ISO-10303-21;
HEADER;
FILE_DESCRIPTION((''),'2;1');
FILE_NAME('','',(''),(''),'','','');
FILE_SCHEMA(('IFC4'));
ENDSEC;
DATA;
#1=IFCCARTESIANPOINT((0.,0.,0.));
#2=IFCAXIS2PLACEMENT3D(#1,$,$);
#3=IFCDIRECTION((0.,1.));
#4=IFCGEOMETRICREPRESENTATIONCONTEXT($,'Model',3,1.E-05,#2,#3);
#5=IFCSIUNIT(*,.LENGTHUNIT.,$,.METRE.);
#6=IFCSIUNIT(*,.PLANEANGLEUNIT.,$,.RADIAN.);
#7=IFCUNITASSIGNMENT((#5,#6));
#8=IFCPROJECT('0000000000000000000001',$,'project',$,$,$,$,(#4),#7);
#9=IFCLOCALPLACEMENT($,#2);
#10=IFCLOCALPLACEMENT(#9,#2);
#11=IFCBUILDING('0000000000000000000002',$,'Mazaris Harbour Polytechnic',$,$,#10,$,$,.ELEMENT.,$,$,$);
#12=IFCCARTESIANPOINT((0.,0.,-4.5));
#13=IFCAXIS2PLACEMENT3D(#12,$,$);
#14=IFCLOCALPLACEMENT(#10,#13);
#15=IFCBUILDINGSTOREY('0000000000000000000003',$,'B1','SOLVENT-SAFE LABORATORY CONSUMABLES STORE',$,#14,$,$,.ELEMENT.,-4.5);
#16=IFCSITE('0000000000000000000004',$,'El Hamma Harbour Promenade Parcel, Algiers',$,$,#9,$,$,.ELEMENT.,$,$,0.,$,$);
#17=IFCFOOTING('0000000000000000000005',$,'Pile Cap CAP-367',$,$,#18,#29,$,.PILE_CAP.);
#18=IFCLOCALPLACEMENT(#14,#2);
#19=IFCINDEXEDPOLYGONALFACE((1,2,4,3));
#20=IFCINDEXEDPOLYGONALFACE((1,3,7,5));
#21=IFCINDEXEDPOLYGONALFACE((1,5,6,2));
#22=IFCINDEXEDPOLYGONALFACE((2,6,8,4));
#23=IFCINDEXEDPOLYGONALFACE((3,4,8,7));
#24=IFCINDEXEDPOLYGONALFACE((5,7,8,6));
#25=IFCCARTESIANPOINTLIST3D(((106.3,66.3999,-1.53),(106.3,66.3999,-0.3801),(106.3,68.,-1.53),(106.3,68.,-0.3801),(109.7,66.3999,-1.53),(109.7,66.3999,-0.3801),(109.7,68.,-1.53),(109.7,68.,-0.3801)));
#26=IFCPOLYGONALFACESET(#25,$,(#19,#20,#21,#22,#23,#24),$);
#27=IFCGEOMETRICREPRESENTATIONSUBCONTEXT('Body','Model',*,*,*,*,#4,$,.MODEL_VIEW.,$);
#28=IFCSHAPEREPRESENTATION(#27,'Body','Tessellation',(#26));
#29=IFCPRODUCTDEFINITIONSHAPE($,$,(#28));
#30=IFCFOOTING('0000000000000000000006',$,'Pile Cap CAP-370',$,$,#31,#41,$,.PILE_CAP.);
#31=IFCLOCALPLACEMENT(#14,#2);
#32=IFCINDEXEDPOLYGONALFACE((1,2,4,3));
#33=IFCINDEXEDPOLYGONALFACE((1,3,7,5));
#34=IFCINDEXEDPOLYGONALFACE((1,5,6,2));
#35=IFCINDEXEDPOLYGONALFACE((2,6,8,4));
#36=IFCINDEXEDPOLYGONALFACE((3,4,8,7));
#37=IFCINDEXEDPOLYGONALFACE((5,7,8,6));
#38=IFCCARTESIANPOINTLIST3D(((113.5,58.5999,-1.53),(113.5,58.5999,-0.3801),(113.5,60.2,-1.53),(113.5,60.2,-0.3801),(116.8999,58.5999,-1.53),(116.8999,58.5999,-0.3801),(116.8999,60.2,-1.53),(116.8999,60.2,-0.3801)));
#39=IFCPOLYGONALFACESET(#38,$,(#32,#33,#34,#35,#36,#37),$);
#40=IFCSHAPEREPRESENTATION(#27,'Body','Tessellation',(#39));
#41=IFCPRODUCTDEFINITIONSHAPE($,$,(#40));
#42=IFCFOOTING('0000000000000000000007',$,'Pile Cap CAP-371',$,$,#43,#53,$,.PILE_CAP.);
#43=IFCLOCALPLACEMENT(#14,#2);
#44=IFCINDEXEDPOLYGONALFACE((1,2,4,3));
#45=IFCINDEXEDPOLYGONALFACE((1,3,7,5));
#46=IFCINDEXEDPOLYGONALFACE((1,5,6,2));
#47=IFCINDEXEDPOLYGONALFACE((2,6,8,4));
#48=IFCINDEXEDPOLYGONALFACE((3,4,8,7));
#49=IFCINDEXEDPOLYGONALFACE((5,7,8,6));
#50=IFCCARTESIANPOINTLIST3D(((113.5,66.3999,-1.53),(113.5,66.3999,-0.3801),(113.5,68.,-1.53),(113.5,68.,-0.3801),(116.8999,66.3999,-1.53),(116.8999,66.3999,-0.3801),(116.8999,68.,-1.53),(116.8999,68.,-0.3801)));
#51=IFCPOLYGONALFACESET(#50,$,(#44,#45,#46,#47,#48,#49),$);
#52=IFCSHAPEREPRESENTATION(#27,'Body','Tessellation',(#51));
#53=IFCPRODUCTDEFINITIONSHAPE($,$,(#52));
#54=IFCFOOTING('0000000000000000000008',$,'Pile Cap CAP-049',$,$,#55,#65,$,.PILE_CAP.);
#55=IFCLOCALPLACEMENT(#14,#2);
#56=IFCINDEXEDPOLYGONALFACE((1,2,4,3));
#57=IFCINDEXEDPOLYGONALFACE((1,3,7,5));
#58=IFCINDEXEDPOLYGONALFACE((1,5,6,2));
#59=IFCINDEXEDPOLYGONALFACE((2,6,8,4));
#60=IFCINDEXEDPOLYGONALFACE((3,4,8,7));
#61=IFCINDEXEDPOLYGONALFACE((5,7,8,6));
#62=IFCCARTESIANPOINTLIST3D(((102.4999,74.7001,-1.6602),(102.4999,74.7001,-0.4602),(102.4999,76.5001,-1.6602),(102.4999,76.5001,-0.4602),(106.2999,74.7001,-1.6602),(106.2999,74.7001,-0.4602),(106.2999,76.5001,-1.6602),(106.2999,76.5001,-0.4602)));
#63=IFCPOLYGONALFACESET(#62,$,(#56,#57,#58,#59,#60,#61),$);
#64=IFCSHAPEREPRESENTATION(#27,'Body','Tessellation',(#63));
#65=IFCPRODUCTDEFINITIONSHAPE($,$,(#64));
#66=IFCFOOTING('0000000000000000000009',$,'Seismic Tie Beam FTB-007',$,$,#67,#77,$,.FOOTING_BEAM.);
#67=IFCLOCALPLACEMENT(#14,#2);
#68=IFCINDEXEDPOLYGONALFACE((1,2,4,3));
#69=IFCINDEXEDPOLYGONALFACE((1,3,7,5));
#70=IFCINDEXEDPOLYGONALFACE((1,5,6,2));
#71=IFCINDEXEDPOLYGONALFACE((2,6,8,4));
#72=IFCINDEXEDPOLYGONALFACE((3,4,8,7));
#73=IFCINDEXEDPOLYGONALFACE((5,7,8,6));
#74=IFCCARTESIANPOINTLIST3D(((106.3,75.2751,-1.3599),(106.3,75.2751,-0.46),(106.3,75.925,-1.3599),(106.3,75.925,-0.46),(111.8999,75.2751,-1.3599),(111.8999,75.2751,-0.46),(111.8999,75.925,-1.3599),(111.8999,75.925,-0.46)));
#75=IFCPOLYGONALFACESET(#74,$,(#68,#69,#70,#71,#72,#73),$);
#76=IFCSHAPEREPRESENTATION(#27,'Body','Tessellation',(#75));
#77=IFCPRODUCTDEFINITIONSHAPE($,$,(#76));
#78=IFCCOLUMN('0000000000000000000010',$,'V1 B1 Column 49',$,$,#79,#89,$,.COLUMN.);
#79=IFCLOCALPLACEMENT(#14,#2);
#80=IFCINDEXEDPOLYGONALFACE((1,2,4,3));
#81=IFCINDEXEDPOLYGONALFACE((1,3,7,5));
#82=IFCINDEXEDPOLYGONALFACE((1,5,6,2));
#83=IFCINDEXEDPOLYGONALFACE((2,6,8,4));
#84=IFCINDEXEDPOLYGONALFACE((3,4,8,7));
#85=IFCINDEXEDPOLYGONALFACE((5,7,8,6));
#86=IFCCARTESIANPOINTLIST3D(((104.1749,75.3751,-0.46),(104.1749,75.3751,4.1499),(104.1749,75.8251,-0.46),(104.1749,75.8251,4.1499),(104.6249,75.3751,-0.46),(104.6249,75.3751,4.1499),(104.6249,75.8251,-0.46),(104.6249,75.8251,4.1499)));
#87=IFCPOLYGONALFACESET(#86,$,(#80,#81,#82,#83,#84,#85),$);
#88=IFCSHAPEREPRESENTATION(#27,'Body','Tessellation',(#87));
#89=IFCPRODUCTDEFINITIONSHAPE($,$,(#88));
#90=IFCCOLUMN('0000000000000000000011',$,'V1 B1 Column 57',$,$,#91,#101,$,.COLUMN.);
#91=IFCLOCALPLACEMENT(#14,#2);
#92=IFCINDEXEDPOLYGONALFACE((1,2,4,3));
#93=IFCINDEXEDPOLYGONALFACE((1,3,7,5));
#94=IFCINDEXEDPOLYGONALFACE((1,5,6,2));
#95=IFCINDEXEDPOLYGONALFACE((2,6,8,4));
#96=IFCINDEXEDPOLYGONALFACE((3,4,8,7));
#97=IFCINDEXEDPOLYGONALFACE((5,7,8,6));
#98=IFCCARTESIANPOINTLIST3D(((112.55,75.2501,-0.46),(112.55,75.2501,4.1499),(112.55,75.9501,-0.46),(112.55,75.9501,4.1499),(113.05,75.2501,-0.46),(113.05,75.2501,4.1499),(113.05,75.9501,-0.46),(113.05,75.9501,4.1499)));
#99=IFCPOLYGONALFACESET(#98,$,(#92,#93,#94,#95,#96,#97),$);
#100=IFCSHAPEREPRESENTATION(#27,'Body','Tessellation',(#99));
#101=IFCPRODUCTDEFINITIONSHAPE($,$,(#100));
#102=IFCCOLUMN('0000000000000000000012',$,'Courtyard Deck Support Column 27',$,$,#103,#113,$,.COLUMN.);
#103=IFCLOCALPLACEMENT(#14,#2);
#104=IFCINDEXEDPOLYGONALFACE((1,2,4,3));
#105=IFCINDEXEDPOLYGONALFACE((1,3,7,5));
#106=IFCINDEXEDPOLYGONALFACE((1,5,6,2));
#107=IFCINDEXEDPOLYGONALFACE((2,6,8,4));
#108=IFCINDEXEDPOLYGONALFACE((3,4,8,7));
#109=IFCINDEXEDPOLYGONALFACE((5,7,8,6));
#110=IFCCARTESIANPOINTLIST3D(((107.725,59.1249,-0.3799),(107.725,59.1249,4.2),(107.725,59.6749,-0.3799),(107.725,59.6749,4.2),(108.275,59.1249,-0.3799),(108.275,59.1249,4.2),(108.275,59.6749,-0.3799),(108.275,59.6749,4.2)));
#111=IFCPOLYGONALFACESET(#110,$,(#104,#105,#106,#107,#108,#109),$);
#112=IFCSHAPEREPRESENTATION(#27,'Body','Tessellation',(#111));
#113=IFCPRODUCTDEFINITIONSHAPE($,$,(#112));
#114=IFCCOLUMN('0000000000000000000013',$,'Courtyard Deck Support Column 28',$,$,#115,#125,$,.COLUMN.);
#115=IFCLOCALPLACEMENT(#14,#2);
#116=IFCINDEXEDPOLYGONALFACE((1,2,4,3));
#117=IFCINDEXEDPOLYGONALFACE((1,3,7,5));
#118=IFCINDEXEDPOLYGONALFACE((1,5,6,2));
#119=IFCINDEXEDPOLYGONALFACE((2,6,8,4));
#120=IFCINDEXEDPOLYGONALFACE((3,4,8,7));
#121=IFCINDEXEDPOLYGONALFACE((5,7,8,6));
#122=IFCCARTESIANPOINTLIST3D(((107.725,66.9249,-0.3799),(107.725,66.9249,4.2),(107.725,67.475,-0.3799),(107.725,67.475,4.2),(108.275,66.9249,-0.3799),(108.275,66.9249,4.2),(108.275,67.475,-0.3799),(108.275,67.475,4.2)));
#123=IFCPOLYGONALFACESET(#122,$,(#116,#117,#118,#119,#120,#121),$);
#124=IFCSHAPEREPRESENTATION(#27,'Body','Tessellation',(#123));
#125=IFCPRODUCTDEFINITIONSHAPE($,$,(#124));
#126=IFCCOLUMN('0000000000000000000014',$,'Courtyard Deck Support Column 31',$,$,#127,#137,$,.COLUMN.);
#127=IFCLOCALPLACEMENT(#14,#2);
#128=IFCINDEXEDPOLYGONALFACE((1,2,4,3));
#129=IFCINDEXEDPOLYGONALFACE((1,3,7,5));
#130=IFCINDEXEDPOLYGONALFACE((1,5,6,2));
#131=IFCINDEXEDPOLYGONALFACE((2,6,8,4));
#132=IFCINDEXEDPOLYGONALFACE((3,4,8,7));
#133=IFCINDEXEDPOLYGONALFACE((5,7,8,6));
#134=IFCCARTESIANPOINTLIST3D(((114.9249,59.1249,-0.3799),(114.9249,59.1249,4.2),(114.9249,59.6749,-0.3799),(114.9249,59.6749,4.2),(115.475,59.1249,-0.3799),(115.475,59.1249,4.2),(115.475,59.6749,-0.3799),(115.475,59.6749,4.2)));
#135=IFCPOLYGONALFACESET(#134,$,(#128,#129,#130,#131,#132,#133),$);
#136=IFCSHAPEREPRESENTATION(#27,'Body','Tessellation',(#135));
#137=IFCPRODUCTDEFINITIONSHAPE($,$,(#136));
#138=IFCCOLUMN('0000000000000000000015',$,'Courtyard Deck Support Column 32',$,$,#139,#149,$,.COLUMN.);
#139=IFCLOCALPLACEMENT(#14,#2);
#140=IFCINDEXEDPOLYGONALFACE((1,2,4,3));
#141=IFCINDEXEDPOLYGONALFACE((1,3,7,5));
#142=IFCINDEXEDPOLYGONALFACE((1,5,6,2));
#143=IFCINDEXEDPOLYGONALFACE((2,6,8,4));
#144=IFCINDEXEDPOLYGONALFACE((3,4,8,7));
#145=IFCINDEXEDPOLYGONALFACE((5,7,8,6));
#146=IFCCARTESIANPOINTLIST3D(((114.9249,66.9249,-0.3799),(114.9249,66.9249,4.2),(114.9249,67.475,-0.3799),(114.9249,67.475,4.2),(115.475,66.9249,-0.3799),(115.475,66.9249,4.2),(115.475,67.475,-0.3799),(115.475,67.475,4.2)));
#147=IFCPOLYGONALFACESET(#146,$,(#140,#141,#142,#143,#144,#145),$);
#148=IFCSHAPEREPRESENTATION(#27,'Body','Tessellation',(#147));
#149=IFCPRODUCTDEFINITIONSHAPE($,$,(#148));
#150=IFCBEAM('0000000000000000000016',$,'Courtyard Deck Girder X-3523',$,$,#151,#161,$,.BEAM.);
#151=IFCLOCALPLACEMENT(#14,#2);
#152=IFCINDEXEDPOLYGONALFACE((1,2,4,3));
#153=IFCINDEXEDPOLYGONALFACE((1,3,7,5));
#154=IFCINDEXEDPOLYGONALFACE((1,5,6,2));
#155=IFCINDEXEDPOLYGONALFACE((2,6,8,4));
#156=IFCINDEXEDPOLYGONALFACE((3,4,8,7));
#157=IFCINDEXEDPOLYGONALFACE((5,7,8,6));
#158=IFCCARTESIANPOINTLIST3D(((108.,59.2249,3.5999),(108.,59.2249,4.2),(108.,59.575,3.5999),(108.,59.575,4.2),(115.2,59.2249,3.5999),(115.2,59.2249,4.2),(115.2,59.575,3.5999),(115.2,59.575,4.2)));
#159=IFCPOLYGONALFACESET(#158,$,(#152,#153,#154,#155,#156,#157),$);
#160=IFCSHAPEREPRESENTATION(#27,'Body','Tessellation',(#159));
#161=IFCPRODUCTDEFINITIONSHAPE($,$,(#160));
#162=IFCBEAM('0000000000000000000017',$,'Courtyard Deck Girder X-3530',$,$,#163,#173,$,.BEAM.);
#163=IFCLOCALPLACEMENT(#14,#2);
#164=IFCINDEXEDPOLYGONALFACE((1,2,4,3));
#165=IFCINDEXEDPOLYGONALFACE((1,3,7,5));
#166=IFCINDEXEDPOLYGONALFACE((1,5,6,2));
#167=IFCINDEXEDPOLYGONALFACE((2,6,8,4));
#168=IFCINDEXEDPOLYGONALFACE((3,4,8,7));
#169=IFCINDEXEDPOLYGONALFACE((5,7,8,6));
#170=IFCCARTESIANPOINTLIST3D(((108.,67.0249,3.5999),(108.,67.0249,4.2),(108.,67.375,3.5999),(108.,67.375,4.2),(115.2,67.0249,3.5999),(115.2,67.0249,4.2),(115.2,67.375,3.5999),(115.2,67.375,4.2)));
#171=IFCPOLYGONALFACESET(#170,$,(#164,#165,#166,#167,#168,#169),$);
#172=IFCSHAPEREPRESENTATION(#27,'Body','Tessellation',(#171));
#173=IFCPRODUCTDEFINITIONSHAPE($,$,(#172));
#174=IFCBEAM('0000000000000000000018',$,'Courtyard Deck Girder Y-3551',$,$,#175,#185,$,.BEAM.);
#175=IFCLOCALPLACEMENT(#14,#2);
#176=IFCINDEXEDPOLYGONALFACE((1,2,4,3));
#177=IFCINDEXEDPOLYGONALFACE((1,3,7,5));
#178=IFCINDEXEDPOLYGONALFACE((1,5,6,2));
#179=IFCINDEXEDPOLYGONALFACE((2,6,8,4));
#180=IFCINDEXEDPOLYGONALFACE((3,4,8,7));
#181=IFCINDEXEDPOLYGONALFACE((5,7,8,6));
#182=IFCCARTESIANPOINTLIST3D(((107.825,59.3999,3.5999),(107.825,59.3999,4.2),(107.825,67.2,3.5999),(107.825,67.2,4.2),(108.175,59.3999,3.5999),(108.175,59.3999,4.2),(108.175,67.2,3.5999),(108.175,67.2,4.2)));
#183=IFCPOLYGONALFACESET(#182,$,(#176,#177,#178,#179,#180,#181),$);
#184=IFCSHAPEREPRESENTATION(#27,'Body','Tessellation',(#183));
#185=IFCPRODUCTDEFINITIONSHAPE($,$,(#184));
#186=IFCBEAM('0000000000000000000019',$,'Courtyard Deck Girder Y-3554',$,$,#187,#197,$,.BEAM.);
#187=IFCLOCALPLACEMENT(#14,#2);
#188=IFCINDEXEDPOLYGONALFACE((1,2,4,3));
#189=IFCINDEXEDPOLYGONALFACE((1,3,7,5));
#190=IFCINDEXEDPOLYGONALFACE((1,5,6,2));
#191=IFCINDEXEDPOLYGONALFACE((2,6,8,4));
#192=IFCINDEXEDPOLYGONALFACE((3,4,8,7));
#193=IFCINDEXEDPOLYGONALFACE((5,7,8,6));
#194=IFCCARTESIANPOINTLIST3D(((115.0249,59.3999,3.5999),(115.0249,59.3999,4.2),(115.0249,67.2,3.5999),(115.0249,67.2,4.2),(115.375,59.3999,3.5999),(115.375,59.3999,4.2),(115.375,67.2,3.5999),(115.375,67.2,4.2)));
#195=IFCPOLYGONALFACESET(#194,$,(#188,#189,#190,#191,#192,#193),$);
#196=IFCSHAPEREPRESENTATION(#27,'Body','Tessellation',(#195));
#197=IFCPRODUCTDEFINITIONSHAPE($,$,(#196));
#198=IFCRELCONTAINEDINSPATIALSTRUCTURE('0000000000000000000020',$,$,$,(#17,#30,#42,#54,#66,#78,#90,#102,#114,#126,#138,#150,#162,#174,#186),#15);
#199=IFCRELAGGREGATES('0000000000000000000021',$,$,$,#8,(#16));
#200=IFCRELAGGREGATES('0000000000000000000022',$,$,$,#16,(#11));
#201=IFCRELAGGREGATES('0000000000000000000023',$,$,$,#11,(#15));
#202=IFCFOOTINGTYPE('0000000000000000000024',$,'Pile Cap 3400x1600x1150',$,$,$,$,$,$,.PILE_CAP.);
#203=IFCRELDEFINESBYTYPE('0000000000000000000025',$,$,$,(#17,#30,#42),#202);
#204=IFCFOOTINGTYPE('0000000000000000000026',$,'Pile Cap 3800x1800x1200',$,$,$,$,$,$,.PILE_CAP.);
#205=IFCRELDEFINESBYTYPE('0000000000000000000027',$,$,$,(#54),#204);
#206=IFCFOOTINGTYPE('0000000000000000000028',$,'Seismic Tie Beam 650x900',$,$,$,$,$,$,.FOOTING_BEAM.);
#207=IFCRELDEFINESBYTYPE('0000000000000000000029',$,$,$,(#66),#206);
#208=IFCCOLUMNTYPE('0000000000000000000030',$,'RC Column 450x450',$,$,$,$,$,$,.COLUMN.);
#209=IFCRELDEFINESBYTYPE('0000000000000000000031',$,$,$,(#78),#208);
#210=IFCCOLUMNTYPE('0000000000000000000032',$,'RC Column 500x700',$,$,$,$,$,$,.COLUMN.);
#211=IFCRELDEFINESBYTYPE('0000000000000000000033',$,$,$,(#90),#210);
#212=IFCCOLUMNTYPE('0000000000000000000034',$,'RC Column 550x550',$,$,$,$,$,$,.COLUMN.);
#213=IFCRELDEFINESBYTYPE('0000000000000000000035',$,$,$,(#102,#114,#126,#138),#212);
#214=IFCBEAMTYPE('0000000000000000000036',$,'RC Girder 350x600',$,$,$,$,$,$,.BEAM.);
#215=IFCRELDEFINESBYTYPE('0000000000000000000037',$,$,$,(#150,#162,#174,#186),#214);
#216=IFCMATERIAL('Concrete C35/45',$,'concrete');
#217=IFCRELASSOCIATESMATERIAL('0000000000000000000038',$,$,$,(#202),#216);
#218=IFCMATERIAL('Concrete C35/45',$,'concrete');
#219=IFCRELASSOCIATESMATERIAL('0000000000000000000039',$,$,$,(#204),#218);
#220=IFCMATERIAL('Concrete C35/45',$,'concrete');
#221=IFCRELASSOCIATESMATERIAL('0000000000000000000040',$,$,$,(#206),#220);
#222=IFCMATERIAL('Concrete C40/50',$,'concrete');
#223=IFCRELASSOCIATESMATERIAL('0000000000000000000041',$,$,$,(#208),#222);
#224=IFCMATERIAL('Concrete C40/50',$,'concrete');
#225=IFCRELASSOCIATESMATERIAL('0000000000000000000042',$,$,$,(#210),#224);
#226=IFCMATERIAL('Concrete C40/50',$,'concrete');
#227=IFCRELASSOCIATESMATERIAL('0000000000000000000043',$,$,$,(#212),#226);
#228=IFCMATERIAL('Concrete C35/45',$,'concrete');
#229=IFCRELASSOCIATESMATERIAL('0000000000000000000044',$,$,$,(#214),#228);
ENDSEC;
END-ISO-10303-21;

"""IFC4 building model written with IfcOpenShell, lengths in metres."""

from ifc_helpers import new_model, si_unit, direction, frame, origin, origin_2d, place, context, subcontext, project, spatial, rectangle, extrude, material, material_profile, profile_set, type_object, element, save


model = new_model("IFC4")

# Units and contexts
model_context = context("Model", 3, precision=1e-05, world=origin(), true_north=direction((0.0, 1.0)))
body_context = subcontext(model_context, "Body", "Model", "MODEL_VIEW")
ifc_project = project(units=[si_unit("LENGTHUNIT", "METRE"), si_unit("PLANEANGLEUNIT", "RADIAN")], contexts=[model_context])

# Site, building, storey
site_placement = place(None, origin())
site = spatial("IfcSite", under=ifc_project, at=site_placement, Name="El Hamma Harbour Promenade Parcel, Algiers", CompositionType="ELEMENT", RefElevation=0.0)
building_placement = place(site_placement, origin())
building = spatial("IfcBuilding", under=site, at=building_placement, Name="Mazaris Harbour Polytechnic", CompositionType="ELEMENT")
storey_placement = place(building_placement, frame((0.0, 0.0, -4.5)))
storey = spatial("IfcBuildingStorey", under=building, at=storey_placement, Name="B1", Description="SOLVENT-SAFE LABORATORY CONSUMABLES STORE", CompositionType="ELEMENT", Elevation=-4.5)

# Footings
ifc_material_1 = material(Name="Concrete C35/45", Category="concrete")
footing_type_1 = type_object("IfcFootingType", Name="Pile Cap 3400x1600x1150", PredefinedType="PILE_CAP", material=ifc_material_1)
for number, where, z_axis, x_axis, name in (
    (1, (108.0, 67.2, -1.53), (0.0, 0.0, 1.0), (1.0, 0.0, 0.0), "Pile Cap CAP-367"),
    (2, (115.2, 59.3999, -1.53), (0.0, 0.0, 1.0), (1.0, 0.0, 0.0), "Pile Cap CAP-370"),
    (3, (115.2, 67.2, -1.53), (0.0, 0.0, 1.0), (1.0, 0.0, 0.0), "Pile Cap CAP-371"),
):
    element("IfcFooting", number, at=place(storey_placement, frame(where, z_axis=z_axis, x_axis=x_axis)), inside=storey, type_object=footing_type_1, Name=name, PredefinedType="PILE_CAP", context=body_context, shape_type="SweptSolid", body=[
        extrude(rectangle(XDim=3.3999, YDim=1.6001, at=origin_2d()), origin(), (0.0, 0.0, 1.0), 1.1499),
    ])
ifc_material_2 = material(Name="Concrete C35/45", Category="concrete")
footing_type_2 = type_object("IfcFootingType", Name="Pile Cap 3800x1800x1200", PredefinedType="PILE_CAP", material=ifc_material_2)
footing_1_placement = place(storey_placement, frame((104.3999, 75.6001, -1.6602), z_axis=(0.0, 0.0, 1.0), x_axis=(1.0, 0.0, 0.0)))
element("IfcFooting", 4, at=footing_1_placement, inside=storey, type_object=footing_type_2, Name="Pile Cap CAP-049", PredefinedType="PILE_CAP", context=body_context, shape_type="SweptSolid", body=[
    extrude(rectangle(XDim=3.8, YDim=1.8, at=origin_2d()), origin(), (0.0, 0.0, 1.0), 1.2),
])
ifc_material_3 = material(Name="Concrete C35/45", Category="concrete")
ifc_material_profile_1 = material_profile(ifc_material_3, rectangle(XDim=0.6499, YDim=0.8999, at=origin_2d()), Name="RECT650x900")
ifc_profile_set_1 = profile_set([ifc_material_profile_1], Name="Concrete C35/45")
footing_type_3 = type_object("IfcFootingType", Name="Seismic Tie Beam 650x900", PredefinedType="FOOTING_BEAM", material=ifc_profile_set_1)
footing_2_placement = place(storey_placement, frame((106.3, 75.6001, -0.9099), z_axis=(1.0, 0.0, 0.0), x_axis=(0.0, 1.0, 0.0)))
element("IfcFooting", 5, at=footing_2_placement, inside=storey, type_object=footing_type_3, Name="Seismic Tie Beam FTB-007", PredefinedType="FOOTING_BEAM", context=body_context, shape_type="SweptSolid", body=[
    extrude(rectangle(XDim=0.6499, YDim=0.8999, at=origin_2d()), origin(), (0.0, 0.0, 1.0), 5.5999),
])

# Columns
ifc_material_4 = material(Name="Concrete C40/50", Category="concrete")
ifc_material_profile_2 = material_profile(ifc_material_4, rectangle(XDim=0.45, YDim=0.45, at=origin_2d()), Name="RECT450x450")
ifc_profile_set_2 = profile_set([ifc_material_profile_2], Name="Concrete C40/50")
column_type_1 = type_object("IfcColumnType", Name="RC Column 450x450", PredefinedType="COLUMN", material=ifc_profile_set_2)
column_1_placement = place(storey_placement, frame((104.3999, 75.6001, -0.46), z_axis=(0.0, 0.0, 1.0), x_axis=(1.0, 0.0, 0.0)))
element("IfcColumn", 6, at=column_1_placement, inside=storey, type_object=column_type_1, Name="V1 B1 Column 49", PredefinedType="COLUMN", context=body_context, shape_type="SweptSolid", body=[
    extrude(rectangle(XDim=0.45, YDim=0.45, at=origin_2d()), origin(), (0.0, 0.0, 1.0), 4.6099),
])
ifc_material_5 = material(Name="Concrete C40/50", Category="concrete")
ifc_material_profile_3 = material_profile(ifc_material_5, rectangle(XDim=0.5, YDim=0.7, at=origin_2d()), Name="RECT500x700")
ifc_profile_set_3 = profile_set([ifc_material_profile_3], Name="Concrete C40/50")
column_type_2 = type_object("IfcColumnType", Name="RC Column 500x700", PredefinedType="COLUMN", material=ifc_profile_set_3)
column_2_placement = place(storey_placement, frame((112.8, 75.6001, -0.46), z_axis=(0.0, 0.0, 1.0), x_axis=(1.0, 0.0, 0.0)))
element("IfcColumn", 7, at=column_2_placement, inside=storey, type_object=column_type_2, Name="V1 B1 Column 57", PredefinedType="COLUMN", context=body_context, shape_type="SweptSolid", body=[
    extrude(rectangle(XDim=0.5, YDim=0.7, at=origin_2d()), origin(), (0.0, 0.0, 1.0), 4.6099),
])
ifc_material_6 = material(Name="Concrete C40/50", Category="concrete")
ifc_material_profile_4 = material_profile(ifc_material_6, rectangle(XDim=0.55, YDim=0.55, at=origin_2d()), Name="RECT550x550")
ifc_profile_set_4 = profile_set([ifc_material_profile_4], Name="Concrete C40/50")
column_type_3 = type_object("IfcColumnType", Name="RC Column 550x550", PredefinedType="COLUMN", material=ifc_profile_set_4)
for number, where, z_axis, x_axis, name in (
    (8, (108.0, 59.3999, -0.3799), (0.0, 0.0, 1.0), (1.0, 0.0, 0.0), "Courtyard Deck Support Column 27"),
    (9, (108.0, 67.2, -0.3799), (0.0, 0.0, 1.0), (1.0, 0.0, 0.0), "Courtyard Deck Support Column 28"),
    (10, (115.2, 59.3999, -0.3799), (0.0, 0.0, 1.0), (1.0, 0.0, 0.0), "Courtyard Deck Support Column 31"),
    (11, (115.2, 67.2, -0.3799), (0.0, 0.0, 1.0), (1.0, 0.0, 0.0), "Courtyard Deck Support Column 32"),
):
    element("IfcColumn", number, at=place(storey_placement, frame(where, z_axis=z_axis, x_axis=x_axis)), inside=storey, type_object=column_type_3, Name=name, PredefinedType="COLUMN", context=body_context, shape_type="SweptSolid", body=[
        extrude(rectangle(XDim=0.55, YDim=0.55, at=origin_2d()), origin(), (0.0, 0.0, 1.0), 4.5798),
    ])

# Beams
ifc_material_7 = material(Name="Concrete C35/45", Category="concrete")
ifc_material_profile_5 = material_profile(ifc_material_7, rectangle(XDim=0.3501, YDim=0.6001, at=origin_2d()), Name="RECT350x600")
ifc_profile_set_5 = profile_set([ifc_material_profile_5], Name="Concrete C35/45")
beam_type_1 = type_object("IfcBeamType", Name="RC Girder 350x600", PredefinedType="BEAM", material=ifc_profile_set_5)
for number, where, z_axis, x_axis, name in (
    (12, (108.0, 59.3999, 3.8999), (1.0, 0.0, 0.0), (0.0, 1.0, 0.0), "Courtyard Deck Girder X-3523"),
    (13, (108.0, 67.2, 3.8999), (1.0, 0.0, 0.0), (0.0, 1.0, 0.0), "Courtyard Deck Girder X-3530"),
):
    element("IfcBeam", number, at=place(storey_placement, frame(where, z_axis=z_axis, x_axis=x_axis)), inside=storey, type_object=beam_type_1, Name=name, PredefinedType="BEAM", context=body_context, shape_type="SweptSolid", body=[
        extrude(rectangle(XDim=0.3501, YDim=0.6001, at=origin_2d()), origin(), (0.0, 0.0, 1.0), 7.2),
    ])
for number, where, z_axis, x_axis, name in (
    (14, (108.0, 59.3999, 3.8999), (0.0, 1.0, 0.0), (-1.0, 0.0, 0.0), "Courtyard Deck Girder Y-3551"),
    (15, (115.2, 59.3999, 3.8999), (0.0, 1.0, 0.0), (-1.0, 0.0, 0.0), "Courtyard Deck Girder Y-3554"),
):
    element("IfcBeam", number, at=place(storey_placement, frame(where, z_axis=z_axis, x_axis=x_axis)), inside=storey, type_object=beam_type_1, Name=name, PredefinedType="BEAM", context=body_context, shape_type="SweptSolid", body=[
        extrude(rectangle(XDim=0.3501, YDim=0.6001, at=origin_2d()), origin(), (0.0, 0.0, 1.0), 7.8),
    ])

save(model, "model.ifc")
